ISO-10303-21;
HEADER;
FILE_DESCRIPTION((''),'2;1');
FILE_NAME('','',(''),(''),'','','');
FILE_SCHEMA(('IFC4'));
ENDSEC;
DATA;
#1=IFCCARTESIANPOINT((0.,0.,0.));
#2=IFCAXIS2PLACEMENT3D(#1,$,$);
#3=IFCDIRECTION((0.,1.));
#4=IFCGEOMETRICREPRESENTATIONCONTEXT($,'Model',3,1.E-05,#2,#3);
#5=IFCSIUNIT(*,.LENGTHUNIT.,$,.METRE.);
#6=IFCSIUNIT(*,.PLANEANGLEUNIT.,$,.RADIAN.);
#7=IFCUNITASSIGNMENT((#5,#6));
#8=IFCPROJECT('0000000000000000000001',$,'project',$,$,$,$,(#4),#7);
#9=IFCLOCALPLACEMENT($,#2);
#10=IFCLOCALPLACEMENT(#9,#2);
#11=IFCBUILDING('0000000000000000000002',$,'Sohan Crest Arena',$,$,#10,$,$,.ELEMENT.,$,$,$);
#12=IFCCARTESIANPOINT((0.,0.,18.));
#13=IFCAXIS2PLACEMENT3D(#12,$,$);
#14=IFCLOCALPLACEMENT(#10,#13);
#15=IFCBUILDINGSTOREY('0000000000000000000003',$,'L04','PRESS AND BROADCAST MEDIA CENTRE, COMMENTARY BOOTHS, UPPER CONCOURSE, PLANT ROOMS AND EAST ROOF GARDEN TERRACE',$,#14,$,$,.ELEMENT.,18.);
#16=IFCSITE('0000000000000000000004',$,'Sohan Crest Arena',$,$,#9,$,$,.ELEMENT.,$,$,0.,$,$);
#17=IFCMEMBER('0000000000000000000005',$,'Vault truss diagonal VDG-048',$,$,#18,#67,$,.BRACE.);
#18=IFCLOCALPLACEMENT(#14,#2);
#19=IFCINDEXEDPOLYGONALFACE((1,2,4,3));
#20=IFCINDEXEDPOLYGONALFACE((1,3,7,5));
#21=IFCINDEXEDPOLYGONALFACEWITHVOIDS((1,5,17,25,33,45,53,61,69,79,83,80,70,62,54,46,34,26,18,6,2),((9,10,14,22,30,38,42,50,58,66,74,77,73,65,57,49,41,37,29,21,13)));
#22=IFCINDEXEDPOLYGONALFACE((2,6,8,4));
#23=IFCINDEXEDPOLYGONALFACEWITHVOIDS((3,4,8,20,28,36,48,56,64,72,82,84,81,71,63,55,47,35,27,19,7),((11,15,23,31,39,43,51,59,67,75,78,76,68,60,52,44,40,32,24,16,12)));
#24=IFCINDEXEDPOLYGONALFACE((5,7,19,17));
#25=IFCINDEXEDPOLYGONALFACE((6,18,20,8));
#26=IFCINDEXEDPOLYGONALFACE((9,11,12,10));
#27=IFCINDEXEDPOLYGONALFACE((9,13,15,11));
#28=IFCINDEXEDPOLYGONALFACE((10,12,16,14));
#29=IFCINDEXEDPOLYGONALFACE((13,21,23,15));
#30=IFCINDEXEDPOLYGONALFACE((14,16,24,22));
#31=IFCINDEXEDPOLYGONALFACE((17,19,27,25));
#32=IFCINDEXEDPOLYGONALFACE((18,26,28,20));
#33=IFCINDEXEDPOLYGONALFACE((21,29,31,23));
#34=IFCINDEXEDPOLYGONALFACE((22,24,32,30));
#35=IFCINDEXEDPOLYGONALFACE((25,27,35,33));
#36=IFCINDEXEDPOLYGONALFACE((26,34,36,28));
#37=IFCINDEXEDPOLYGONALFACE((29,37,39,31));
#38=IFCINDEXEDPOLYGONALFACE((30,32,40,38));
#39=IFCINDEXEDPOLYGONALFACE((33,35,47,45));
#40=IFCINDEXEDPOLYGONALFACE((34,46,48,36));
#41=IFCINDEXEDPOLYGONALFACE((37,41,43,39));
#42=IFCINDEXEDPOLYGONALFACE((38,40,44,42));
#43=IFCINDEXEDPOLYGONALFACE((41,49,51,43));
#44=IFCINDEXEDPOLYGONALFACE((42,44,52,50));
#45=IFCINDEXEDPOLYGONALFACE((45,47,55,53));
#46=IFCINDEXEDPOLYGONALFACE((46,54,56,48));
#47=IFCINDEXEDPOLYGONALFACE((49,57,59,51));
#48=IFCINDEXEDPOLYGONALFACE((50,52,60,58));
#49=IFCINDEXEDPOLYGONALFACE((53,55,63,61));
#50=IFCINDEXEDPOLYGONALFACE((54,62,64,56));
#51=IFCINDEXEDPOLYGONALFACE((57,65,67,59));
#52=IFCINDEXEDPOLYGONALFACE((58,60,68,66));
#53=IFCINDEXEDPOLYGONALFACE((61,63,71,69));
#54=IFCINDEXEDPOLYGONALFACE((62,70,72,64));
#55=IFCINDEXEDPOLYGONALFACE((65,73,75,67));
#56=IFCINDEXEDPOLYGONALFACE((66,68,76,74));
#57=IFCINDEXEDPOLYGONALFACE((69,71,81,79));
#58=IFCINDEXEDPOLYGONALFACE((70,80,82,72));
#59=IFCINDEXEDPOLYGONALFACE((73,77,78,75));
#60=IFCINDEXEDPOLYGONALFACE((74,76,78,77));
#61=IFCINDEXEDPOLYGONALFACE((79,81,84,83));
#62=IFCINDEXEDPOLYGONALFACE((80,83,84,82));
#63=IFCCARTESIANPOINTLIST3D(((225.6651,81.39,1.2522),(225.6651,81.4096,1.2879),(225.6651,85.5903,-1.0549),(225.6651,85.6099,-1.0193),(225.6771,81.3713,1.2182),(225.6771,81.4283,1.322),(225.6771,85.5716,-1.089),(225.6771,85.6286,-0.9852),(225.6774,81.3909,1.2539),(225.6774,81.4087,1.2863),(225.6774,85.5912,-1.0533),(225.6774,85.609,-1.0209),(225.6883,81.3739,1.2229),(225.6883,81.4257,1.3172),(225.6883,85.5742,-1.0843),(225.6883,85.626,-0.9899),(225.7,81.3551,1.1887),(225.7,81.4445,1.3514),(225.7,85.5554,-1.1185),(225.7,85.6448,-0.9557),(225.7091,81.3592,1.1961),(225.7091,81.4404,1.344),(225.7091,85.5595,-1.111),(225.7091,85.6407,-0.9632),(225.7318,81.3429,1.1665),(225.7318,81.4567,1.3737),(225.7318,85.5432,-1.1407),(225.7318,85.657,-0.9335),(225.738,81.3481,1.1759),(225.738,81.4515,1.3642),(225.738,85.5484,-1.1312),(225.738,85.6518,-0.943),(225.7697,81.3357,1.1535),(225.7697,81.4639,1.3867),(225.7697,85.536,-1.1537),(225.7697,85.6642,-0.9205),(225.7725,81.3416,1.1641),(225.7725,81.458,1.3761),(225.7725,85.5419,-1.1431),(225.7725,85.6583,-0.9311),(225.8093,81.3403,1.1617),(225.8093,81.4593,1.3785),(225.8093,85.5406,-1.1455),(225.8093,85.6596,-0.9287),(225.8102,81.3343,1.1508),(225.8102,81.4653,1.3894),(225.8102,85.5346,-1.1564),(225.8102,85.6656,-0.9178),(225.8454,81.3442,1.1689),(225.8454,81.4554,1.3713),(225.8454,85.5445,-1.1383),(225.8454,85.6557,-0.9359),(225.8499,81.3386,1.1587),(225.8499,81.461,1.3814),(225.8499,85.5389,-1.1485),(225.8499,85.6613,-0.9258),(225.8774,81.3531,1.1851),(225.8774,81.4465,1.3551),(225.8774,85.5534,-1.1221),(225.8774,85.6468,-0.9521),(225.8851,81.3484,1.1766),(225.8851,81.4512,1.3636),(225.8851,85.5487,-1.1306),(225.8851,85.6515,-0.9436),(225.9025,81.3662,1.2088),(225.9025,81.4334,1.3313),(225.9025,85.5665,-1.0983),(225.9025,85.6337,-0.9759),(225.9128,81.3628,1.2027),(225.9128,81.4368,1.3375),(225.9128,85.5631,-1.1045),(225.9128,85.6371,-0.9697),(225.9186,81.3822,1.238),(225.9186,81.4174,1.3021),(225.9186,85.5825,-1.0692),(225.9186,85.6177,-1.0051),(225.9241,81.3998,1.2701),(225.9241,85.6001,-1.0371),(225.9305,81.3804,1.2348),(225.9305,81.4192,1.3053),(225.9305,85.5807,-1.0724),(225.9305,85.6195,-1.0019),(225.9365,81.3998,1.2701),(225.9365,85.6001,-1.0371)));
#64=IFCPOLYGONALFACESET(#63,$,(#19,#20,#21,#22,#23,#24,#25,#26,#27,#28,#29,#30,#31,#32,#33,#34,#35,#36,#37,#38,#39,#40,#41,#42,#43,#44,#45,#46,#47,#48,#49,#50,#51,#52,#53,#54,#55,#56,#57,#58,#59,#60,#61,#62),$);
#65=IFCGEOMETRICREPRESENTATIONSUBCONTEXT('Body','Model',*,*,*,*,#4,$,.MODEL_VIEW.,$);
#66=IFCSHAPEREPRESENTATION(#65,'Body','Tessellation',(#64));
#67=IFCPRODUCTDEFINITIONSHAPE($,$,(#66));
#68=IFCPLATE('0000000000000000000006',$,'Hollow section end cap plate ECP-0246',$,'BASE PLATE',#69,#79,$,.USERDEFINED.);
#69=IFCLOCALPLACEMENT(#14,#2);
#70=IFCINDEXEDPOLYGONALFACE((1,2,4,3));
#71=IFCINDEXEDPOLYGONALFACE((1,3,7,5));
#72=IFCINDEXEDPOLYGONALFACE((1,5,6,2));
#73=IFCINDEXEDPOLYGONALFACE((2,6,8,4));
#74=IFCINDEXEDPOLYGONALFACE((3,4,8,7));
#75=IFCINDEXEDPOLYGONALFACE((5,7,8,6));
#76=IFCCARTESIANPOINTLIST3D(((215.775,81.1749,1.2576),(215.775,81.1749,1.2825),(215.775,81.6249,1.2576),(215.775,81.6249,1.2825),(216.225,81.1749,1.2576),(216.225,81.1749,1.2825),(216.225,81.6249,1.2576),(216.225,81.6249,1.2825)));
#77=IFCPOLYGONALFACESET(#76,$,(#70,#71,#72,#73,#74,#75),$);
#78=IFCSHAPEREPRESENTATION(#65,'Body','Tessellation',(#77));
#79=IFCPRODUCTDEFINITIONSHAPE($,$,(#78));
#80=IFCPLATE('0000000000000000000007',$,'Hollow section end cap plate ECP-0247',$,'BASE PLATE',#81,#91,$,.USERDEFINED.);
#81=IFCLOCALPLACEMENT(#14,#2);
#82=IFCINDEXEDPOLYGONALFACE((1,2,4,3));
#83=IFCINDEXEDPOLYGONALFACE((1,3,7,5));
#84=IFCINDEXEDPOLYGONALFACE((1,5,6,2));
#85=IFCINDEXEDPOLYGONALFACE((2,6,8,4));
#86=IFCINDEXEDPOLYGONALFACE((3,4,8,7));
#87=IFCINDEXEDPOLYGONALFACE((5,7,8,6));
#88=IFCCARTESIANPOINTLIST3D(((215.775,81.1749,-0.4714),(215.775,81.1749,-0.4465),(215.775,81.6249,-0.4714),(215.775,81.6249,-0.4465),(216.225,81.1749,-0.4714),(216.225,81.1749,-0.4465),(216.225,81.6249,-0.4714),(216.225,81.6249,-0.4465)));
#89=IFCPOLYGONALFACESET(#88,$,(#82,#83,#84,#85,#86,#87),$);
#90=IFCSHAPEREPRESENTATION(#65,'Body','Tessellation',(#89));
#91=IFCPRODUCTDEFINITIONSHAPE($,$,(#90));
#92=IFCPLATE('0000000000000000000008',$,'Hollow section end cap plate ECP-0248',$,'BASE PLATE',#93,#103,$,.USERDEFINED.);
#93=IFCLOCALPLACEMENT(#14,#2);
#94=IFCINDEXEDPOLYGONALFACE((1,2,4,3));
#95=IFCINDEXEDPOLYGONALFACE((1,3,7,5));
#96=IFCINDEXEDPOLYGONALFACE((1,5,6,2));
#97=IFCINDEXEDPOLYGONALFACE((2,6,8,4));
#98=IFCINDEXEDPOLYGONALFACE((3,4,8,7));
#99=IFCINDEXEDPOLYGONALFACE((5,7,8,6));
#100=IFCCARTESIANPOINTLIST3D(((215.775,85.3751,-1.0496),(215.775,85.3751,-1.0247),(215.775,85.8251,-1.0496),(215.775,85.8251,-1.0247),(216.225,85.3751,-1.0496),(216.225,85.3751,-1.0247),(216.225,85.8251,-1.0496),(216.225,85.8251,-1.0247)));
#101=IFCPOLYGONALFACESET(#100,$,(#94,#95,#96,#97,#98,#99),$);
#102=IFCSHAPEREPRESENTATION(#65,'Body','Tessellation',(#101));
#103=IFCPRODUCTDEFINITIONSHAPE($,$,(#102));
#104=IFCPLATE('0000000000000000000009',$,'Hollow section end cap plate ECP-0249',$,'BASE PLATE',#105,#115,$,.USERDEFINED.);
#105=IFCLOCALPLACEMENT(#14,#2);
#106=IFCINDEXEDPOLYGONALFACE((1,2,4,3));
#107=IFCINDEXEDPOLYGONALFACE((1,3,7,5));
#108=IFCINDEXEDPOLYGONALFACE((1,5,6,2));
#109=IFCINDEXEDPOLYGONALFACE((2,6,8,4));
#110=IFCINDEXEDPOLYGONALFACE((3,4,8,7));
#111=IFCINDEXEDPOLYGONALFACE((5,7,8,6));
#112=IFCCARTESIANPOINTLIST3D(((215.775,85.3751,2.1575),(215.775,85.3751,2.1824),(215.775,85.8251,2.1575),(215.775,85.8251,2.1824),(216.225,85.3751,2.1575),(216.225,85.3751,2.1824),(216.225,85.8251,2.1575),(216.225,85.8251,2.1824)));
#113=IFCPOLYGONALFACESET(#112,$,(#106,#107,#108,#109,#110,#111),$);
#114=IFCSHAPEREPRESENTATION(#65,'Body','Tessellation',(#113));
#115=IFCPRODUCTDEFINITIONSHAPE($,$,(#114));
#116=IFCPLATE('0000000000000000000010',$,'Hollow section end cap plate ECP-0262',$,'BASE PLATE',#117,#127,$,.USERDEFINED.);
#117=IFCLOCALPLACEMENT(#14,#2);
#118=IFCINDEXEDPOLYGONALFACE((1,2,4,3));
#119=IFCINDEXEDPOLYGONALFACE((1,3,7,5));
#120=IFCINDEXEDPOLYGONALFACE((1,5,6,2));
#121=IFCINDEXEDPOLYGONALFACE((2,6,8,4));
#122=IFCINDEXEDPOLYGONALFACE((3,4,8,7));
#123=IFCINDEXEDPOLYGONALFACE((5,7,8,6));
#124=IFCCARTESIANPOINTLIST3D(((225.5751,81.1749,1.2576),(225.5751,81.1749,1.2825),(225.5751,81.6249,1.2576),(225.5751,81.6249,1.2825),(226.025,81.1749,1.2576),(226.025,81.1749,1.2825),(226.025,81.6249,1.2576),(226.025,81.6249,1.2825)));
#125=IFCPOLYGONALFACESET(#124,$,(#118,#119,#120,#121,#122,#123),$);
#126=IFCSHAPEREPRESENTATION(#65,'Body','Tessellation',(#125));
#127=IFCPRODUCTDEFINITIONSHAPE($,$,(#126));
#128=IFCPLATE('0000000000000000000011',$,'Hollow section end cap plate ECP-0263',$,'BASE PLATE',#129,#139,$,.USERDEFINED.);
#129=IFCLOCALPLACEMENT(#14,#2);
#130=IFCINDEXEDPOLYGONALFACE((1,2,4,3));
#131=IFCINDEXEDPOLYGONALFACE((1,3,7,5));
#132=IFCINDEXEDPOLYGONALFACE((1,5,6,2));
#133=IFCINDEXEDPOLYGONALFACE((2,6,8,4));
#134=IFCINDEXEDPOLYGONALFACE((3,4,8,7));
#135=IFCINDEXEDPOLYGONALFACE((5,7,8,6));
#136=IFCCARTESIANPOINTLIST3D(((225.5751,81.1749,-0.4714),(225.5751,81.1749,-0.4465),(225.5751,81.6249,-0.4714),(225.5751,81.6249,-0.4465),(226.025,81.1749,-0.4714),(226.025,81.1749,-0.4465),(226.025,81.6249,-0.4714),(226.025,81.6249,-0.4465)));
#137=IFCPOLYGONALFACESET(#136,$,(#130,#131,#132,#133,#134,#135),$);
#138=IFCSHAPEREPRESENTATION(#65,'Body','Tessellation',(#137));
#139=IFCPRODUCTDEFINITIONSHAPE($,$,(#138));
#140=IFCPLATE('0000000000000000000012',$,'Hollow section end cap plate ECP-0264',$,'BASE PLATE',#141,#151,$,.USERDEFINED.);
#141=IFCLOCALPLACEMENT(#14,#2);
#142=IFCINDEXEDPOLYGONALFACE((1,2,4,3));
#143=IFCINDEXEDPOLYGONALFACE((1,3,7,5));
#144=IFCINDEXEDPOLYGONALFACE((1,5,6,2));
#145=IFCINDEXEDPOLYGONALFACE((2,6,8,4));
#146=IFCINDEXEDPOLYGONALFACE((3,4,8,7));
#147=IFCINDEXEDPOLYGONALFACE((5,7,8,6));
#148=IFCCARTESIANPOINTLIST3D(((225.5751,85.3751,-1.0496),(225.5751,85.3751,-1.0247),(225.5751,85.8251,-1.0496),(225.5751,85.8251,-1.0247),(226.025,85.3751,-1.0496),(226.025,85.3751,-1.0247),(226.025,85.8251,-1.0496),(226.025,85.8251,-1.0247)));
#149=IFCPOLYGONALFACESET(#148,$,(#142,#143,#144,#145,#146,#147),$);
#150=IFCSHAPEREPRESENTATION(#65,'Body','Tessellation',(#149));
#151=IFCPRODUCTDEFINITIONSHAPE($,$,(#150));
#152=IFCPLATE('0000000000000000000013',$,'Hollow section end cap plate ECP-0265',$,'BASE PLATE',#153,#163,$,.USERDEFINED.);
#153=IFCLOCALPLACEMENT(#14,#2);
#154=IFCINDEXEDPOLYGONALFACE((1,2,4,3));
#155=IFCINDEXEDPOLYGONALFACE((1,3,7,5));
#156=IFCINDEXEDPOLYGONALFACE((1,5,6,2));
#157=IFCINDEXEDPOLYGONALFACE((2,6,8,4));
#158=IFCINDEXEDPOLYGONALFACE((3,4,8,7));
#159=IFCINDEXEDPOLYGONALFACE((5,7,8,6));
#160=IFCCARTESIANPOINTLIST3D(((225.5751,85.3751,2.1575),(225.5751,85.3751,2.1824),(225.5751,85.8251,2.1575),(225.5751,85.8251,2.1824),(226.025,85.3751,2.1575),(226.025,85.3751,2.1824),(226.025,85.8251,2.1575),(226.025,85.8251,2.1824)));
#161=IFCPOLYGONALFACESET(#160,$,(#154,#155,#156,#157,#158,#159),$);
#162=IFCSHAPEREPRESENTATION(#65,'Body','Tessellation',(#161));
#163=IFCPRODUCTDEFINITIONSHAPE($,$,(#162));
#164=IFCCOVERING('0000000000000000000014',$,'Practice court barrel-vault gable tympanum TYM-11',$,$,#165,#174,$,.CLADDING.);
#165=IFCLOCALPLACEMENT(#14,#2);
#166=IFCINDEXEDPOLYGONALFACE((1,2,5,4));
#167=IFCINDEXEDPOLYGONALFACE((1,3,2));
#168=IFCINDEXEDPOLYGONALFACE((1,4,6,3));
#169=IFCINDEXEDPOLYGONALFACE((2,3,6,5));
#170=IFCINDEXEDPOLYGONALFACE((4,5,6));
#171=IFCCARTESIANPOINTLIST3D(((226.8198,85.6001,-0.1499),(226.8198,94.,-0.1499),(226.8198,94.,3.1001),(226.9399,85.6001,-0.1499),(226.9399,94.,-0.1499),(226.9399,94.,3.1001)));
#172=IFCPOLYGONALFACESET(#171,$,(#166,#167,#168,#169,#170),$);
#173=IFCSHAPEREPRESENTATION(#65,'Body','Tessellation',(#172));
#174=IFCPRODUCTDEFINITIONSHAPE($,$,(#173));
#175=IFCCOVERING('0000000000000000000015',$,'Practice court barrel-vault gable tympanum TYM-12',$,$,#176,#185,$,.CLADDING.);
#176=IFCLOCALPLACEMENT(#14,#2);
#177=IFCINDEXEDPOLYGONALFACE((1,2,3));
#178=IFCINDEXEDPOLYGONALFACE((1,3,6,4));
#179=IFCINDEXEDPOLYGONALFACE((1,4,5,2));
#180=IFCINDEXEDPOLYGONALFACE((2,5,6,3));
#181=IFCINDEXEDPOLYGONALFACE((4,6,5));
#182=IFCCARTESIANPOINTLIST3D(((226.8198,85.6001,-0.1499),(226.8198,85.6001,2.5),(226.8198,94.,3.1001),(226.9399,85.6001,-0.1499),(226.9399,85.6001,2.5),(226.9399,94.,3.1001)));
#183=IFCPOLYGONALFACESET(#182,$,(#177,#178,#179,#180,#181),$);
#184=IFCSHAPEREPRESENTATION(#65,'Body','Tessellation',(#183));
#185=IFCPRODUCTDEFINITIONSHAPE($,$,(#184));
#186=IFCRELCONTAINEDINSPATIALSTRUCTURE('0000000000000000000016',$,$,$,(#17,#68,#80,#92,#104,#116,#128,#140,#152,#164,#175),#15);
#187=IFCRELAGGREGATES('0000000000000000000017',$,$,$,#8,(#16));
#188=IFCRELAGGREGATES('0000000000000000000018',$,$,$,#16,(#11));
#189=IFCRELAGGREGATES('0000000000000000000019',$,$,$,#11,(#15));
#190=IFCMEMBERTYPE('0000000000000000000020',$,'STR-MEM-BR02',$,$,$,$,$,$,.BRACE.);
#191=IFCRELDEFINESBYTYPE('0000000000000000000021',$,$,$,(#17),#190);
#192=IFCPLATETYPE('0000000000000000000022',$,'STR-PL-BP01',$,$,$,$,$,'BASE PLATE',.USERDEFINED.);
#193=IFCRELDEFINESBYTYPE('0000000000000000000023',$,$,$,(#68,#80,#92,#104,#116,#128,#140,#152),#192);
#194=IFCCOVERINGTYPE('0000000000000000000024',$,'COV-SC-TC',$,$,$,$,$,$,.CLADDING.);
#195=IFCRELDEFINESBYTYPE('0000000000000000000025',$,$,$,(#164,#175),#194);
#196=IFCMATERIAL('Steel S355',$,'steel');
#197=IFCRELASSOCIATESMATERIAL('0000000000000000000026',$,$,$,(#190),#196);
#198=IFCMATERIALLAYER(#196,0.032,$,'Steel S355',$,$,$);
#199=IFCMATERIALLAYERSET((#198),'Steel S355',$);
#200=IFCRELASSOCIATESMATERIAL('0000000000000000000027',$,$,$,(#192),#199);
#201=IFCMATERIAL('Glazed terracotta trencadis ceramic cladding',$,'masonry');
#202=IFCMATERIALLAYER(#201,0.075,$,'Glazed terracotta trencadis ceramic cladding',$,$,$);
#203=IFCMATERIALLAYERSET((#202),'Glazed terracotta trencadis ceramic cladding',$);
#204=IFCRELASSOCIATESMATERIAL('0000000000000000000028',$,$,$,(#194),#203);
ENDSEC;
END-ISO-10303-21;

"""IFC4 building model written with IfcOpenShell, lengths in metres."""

from ifc_helpers import new_model, si_unit, direction, frame, origin, origin_2d, place, context, subcontext, project, spatial, polyline, rectangle, hollow_circle, outline, extrude, material, layer, layer_set, material_profile, profile_set, type_object, element, save


model = new_model("IFC4")

# Units and contexts
model_context = context("Model", 3, precision=1e-05, world=origin(), true_north=direction((0.0, 1.0)))
body_context = subcontext(model_context, "Body", "Model", "MODEL_VIEW")
ifc_project = project(units=[si_unit("LENGTHUNIT", "METRE"), si_unit("PLANEANGLEUNIT", "RADIAN")], contexts=[model_context])

# Site, building, storey
site_placement = place(None, origin())
site = spatial("IfcSite", under=ifc_project, at=site_placement, Name="Sohan Crest Arena", CompositionType="ELEMENT", RefElevation=0.0)
building_placement = place(site_placement, origin())
building = spatial("IfcBuilding", under=site, at=building_placement, Name="Sohan Crest Arena", CompositionType="ELEMENT")
storey_placement = place(building_placement, frame((0.0, 0.0, 18.0)))
storey = spatial("IfcBuildingStorey", under=building, at=storey_placement, Name="L04", Description="PRESS AND BROADCAST MEDIA CENTRE, COMMENTARY BOOTHS, UPPER CONCOURSE, PLANT ROOMS AND EAST ROOF GARDEN TERRACE", CompositionType="ELEMENT", Elevation=18.0)

# Shared definitions
ifc_material_1 = material(Name="Steel S355", Category="steel")

# Member
ifc_material_profile_1 = material_profile(ifc_material_1, hollow_circle(Radius=0.1365, WallThickness=0.0125, at=origin_2d()), Name="CHS 273x12.5")
ifc_profile_set_1 = profile_set([ifc_material_profile_1], Name="Steel S355")
member_type_1 = type_object("IfcMemberType", Name="STR-MEM-BR02", PredefinedType="BRACE", material=ifc_profile_set_1)
member_1_placement = place(storey_placement, frame((225.8, 85.6001, -1.0371), z_axis=(0.0, -0.876478, 0.481441), x_axis=(1.0, 0.0, 0.0)))
element("IfcMember", 1, at=member_1_placement, inside=storey, type_object=member_type_1, Name="Vault truss diagonal VDG-048", PredefinedType="BRACE", context=body_context, shape_type="SweptSolid", body=[
    extrude(hollow_circle(Radius=0.1365, WallThickness=0.0125, at=origin_2d()), origin(), (0.0, 0.0, 1.0), 4.7922),
])

# Plates
ifc_layer_1 = layer(ifc_material_1, 0.032, Name="Steel S355")
ifc_layer_set_1 = layer_set([ifc_layer_1], Name="Steel S355")
plate_type = type_object("IfcPlateType", Name="STR-PL-BP01", ElementType="BASE PLATE", PredefinedType="USERDEFINED", material=ifc_layer_set_1)
for number, where, z_axis, x_axis, name in (
    (2, (216.0, 81.3999, 1.2576), (0.0, 0.0, 1.0), (1.0, 0.0, 0.0), "Hollow section end cap plate ECP-0246"),
    (3, (216.0, 81.3999, -0.4714), (0.0, 0.0, 1.0), (1.0, 0.0, 0.0), "Hollow section end cap plate ECP-0247"),
    (4, (216.0, 85.6001, -1.0496), (0.0, 0.0, 1.0), (1.0, 0.0, 0.0), "Hollow section end cap plate ECP-0248"),
    (5, (216.0, 85.6001, 2.1575), (0.0, 0.0, 1.0), (1.0, 0.0, 0.0), "Hollow section end cap plate ECP-0249"),
    (6, (225.8, 81.3999, 1.2576), (0.0, 0.0, 1.0), (1.0, 0.0, 0.0), "Hollow section end cap plate ECP-0262"),
    (7, (225.8, 81.3999, -0.4714), (0.0, 0.0, 1.0), (1.0, 0.0, 0.0), "Hollow section end cap plate ECP-0263"),
    (8, (225.8, 85.6001, -1.0496), (0.0, 0.0, 1.0), (1.0, 0.0, 0.0), "Hollow section end cap plate ECP-0264"),
    (9, (225.8, 85.6001, 2.1575), (0.0, 0.0, 1.0), (1.0, 0.0, 0.0), "Hollow section end cap plate ECP-0265"),
):
    element("IfcPlate", number, at=place(storey_placement, frame(where, z_axis=z_axis, x_axis=x_axis)), inside=storey, type_object=plate_type, Name=name, ObjectType="BASE PLATE", PredefinedType="USERDEFINED", context=body_context, shape_type="SweptSolid", body=[
        extrude(rectangle(XDim=0.45, YDim=0.45, at=origin_2d()), origin(), (0.0, 0.0, 1.0), 0.0249),
    ])

# Coverings
ifc_material_2 = material(Name="Glazed terracotta trencadis ceramic cladding", Category="masonry")
ifc_layer_2 = layer(ifc_material_2, 0.075, Name="Glazed terracotta trencadis ceramic cladding")
ifc_layer_set_2 = layer_set([ifc_layer_2], Name="Glazed terracotta trencadis ceramic cladding")
covering_type = type_object("IfcCoveringType", Name="COV-SC-TC", PredefinedType="CLADDING", material=ifc_layer_set_2)
covering_1_placement = place(storey_placement, frame((226.9399, 85.6001, -0.1499), z_axis=(1.0, 0.0, 0.0), x_axis=(0.0, 1.0, 0.0)))
element("IfcCovering", 10, at=covering_1_placement, inside=storey, type_object=covering_type, Name="Practice court barrel-vault gable tympanum TYM-11", PredefinedType="CLADDING", context=body_context, shape_type="SweptSolid", body=[
    extrude(outline(polyline([(0.0, 0.0), (8.3999, 0.0), (8.3999, 3.25), (0.0, 0.0)])), origin(), (0.0, 0.0, -1.0), 0.1201),
])
covering_2_placement = place(storey_placement, frame((226.9399, 85.6001, -0.1499), z_axis=(1.0, 0.0, 0.0), x_axis=(0.0, 0.932627, 0.360842)))
element("IfcCovering", 11, at=covering_2_placement, inside=storey, type_object=covering_type, Name="Practice court barrel-vault gable tympanum TYM-12", PredefinedType="CLADDING", context=body_context, shape_type="SweptSolid", body=[
    extrude(outline(polyline([(0.0, 0.0), (9.0067, 0.0), (0.9562, 2.4714), (0.0, 0.0)])), origin(), (0.0, 0.0, -1.0), 0.1201),
])

save(model, "model.ifc")
